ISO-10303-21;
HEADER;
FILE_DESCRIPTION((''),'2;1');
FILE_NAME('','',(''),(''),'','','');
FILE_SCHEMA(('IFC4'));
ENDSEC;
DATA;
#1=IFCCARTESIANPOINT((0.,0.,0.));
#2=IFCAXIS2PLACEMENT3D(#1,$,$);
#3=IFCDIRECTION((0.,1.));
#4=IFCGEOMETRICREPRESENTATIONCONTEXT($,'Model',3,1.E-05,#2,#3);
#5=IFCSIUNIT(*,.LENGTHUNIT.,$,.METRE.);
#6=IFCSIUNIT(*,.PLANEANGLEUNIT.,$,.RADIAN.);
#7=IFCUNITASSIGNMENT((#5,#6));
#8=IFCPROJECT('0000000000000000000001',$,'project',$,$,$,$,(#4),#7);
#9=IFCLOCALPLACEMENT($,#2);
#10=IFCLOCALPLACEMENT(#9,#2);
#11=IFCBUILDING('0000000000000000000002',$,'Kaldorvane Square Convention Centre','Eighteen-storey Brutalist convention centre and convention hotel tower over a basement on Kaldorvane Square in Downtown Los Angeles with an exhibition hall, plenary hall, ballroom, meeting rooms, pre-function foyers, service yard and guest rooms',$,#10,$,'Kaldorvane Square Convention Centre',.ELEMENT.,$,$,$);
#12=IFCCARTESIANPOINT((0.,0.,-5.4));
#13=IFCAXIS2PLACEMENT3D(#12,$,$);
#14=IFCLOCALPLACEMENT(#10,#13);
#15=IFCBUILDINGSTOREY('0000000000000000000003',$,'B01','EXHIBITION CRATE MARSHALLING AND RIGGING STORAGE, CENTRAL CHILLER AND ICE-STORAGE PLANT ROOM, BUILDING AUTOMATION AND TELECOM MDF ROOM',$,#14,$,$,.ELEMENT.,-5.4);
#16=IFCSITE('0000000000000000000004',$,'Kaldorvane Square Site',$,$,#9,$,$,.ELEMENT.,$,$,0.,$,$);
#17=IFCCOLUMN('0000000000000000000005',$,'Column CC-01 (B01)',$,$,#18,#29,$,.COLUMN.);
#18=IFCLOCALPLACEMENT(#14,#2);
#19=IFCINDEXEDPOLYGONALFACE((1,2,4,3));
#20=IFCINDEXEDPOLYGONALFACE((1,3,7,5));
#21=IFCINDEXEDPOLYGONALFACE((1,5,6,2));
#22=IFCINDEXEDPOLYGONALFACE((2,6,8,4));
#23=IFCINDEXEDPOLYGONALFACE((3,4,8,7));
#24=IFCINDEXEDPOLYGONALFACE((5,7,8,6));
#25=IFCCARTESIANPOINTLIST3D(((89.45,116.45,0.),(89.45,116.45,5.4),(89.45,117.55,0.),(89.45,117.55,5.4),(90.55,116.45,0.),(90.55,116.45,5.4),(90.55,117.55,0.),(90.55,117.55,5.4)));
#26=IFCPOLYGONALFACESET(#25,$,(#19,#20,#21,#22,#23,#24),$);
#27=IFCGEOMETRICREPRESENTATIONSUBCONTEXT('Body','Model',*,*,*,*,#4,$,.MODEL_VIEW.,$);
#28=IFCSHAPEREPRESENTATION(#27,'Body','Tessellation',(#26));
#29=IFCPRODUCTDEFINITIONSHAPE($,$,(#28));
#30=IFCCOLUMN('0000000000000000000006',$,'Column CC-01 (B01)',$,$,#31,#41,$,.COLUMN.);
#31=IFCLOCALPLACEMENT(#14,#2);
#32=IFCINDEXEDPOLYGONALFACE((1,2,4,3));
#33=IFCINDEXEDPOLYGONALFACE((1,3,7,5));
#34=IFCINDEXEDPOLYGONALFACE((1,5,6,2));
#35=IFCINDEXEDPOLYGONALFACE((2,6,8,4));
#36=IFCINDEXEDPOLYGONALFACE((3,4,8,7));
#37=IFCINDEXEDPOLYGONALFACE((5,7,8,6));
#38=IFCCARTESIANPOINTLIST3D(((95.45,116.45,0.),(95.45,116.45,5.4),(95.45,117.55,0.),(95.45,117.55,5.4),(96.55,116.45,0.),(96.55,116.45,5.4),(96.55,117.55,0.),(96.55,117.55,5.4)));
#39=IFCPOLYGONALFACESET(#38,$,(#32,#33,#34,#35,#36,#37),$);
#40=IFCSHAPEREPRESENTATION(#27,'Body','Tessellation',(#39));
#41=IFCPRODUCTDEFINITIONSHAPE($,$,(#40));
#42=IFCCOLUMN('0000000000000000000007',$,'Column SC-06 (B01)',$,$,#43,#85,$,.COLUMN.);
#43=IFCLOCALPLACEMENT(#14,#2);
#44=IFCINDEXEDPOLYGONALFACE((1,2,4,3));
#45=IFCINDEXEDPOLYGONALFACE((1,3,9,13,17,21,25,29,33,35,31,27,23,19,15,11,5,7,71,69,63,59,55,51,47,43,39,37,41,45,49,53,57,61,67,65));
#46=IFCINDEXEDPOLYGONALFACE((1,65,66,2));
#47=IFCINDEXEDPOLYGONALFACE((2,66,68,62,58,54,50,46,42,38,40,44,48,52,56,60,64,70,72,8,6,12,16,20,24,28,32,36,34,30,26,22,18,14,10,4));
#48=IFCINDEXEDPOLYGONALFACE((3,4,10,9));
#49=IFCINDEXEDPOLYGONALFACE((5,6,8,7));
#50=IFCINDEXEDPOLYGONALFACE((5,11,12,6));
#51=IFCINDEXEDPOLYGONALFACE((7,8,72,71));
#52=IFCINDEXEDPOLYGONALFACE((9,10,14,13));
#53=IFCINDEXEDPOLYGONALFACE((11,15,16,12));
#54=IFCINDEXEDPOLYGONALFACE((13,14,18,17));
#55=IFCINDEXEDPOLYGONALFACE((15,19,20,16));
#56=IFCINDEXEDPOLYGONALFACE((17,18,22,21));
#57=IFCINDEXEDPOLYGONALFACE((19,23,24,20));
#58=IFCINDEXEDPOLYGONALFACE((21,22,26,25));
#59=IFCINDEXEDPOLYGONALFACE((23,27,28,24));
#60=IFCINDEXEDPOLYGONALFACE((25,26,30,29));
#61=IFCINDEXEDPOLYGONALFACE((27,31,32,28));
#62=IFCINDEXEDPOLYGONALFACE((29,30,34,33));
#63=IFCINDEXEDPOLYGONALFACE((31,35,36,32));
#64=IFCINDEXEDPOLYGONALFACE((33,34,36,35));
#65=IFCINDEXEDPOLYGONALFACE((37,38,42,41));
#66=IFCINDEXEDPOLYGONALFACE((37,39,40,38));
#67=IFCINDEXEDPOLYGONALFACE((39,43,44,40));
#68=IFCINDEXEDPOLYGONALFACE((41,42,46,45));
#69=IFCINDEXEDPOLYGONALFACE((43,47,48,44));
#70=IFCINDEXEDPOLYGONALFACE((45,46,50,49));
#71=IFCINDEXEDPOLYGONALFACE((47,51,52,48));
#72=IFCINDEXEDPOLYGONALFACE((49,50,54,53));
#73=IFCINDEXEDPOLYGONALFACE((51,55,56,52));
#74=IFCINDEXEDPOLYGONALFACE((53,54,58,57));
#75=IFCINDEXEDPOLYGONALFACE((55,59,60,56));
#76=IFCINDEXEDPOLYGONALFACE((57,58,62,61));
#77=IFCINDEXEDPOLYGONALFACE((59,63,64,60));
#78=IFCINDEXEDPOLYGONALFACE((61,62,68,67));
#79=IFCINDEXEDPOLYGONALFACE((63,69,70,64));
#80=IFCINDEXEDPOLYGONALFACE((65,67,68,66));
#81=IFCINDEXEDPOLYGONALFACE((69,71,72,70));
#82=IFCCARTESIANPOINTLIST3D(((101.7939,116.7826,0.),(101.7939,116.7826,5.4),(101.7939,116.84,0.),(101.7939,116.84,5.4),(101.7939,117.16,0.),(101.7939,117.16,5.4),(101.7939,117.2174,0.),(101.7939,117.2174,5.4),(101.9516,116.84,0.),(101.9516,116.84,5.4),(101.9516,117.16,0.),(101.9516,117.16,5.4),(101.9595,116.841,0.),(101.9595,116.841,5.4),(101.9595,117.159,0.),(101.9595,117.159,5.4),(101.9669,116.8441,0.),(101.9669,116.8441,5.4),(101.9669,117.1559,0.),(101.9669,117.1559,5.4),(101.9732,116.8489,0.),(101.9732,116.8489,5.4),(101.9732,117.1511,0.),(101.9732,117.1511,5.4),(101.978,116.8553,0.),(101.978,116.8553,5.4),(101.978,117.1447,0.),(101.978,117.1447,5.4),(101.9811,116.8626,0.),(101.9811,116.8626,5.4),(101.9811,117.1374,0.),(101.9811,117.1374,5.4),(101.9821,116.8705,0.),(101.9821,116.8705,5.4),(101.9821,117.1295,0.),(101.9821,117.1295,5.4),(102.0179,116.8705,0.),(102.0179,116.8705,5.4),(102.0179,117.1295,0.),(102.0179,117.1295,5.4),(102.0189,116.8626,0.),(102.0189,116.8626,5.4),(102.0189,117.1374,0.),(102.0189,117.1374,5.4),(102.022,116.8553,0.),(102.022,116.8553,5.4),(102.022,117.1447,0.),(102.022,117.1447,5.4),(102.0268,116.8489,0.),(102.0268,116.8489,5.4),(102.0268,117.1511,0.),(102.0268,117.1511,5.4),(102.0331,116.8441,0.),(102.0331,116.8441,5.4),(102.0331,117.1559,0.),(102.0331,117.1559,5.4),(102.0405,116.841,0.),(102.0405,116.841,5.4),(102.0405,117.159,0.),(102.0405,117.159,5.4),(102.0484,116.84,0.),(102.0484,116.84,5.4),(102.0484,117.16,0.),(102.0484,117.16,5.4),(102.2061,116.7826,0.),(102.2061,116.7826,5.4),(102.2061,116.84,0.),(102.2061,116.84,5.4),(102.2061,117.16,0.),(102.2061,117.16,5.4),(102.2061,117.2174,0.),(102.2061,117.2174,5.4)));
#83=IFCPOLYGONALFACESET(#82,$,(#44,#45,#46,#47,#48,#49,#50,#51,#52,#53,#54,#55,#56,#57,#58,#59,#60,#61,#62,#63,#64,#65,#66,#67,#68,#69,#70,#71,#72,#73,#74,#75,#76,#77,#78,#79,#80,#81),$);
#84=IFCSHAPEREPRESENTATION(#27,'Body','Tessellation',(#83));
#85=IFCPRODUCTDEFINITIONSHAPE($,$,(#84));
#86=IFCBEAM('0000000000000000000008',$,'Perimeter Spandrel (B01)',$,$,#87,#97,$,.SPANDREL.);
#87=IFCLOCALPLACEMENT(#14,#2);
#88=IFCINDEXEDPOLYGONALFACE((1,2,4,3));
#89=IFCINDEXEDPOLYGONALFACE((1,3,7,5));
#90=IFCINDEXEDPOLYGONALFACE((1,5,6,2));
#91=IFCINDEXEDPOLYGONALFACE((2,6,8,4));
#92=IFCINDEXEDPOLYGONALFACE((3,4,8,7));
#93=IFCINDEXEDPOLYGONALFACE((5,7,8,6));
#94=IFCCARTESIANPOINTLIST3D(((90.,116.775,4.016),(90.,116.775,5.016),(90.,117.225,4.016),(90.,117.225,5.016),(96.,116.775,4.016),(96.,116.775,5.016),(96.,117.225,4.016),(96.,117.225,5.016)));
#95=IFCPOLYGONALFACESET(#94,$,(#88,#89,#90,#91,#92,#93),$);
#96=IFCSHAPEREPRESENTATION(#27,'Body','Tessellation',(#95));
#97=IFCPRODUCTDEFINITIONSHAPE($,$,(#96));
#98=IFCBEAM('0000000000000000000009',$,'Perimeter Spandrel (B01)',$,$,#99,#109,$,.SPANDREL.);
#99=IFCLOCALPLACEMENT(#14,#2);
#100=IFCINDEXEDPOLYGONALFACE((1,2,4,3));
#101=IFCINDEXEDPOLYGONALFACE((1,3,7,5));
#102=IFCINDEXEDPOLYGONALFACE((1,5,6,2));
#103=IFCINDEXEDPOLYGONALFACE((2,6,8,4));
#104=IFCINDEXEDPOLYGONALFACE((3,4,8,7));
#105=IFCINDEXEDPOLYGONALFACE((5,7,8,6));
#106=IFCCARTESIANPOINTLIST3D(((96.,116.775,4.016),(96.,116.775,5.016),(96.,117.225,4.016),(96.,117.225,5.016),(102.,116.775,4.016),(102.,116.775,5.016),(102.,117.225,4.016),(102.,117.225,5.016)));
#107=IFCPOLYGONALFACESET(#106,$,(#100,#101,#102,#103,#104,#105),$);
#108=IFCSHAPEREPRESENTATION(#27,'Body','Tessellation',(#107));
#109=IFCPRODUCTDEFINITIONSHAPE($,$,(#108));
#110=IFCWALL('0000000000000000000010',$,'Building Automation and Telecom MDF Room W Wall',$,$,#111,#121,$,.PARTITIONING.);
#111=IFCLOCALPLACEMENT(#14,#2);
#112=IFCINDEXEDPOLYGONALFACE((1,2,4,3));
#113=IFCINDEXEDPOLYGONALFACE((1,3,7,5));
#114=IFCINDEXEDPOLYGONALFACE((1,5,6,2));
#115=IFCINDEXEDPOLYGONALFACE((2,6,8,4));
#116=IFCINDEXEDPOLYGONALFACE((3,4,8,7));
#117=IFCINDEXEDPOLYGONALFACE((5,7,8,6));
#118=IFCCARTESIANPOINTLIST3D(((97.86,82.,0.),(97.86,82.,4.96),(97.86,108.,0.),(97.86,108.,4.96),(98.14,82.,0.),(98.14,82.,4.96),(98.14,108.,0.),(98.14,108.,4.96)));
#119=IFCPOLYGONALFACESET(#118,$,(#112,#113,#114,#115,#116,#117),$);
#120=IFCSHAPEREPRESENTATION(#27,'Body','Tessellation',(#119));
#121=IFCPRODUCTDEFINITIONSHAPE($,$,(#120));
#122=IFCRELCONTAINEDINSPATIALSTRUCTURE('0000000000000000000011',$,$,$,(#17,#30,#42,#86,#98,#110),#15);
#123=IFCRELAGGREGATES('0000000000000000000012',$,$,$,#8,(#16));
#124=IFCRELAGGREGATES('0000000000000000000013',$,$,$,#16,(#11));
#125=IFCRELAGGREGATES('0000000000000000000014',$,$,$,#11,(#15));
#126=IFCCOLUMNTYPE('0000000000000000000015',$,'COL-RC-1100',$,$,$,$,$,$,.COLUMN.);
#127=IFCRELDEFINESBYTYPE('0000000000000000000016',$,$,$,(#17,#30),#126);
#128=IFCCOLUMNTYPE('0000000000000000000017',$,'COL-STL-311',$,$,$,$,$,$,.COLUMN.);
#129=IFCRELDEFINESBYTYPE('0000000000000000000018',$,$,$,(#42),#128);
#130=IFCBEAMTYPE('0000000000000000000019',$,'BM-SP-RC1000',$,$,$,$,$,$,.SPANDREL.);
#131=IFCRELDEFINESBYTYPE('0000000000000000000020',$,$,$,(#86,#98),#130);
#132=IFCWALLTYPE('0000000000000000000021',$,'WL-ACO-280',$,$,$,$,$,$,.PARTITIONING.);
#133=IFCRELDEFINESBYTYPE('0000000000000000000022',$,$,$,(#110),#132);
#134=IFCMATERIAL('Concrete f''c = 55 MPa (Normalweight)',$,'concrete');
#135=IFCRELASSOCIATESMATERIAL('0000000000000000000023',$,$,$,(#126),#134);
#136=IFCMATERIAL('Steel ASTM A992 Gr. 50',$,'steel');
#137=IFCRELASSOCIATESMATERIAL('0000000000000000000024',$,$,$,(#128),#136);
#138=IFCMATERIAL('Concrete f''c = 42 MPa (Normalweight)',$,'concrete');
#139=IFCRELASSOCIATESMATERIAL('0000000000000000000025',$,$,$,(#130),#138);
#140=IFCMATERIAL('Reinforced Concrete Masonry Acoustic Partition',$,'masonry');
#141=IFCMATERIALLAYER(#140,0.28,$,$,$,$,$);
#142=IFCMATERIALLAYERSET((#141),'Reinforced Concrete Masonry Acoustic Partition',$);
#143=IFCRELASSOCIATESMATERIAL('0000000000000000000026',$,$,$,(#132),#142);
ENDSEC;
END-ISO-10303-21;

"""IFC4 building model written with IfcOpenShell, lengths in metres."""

from ifc_helpers import new_model, si_unit, direction, frame, frame_2d, origin, origin_2d, place, context, subcontext, project, spatial, rectangle, i_section, extrude, material, layer, layer_set, material_profile, profile_set, type_object, element, save


model = new_model("IFC4")

# Units and contexts
model_context = context("Model", 3, precision=1e-05, world=origin(), true_north=direction((0.0, 1.0)))
body_context = subcontext(model_context, "Body", "Model", "MODEL_VIEW")
ifc_project = project(units=[si_unit("LENGTHUNIT", "METRE"), si_unit("PLANEANGLEUNIT", "RADIAN")], contexts=[model_context])

# Site, building, storey
site_placement = place(None, origin())
site = spatial("IfcSite", under=ifc_project, at=site_placement, Name="Kaldorvane Square Site", CompositionType="ELEMENT", RefElevation=0.0)
building_placement = place(site_placement, origin())
building = spatial("IfcBuilding", under=site, at=building_placement, Name="Kaldorvane Square Convention Centre", Description="Eighteen-storey Brutalist convention centre and convention hotel tower over a basement on Kaldorvane Square in Downtown Los Angeles with an exhibition hall, plenary hall, ballroom, meeting rooms, pre-function foyers, service yard and guest rooms", LongName="Kaldorvane Square Convention Centre", CompositionType="ELEMENT")
storey_placement = place(building_placement, frame((0.0, 0.0, -5.4)))
storey = spatial("IfcBuildingStorey", under=building, at=storey_placement, Name="B01", Description="EXHIBITION CRATE MARSHALLING AND RIGGING STORAGE, CENTRAL CHILLER AND ICE-STORAGE PLANT ROOM, BUILDING AUTOMATION AND TELECOM MDF ROOM", CompositionType="ELEMENT", Elevation=-5.4)

# Shared definitions
ifc_material_1 = material(Name="Concrete f'c = 42 MPa (Normalweight)", Category="concrete")

# Columns
ifc_material_2 = material(Name="Concrete f'c = 55 MPa (Normalweight)", Category="concrete")
ifc_material_profile_1 = material_profile(ifc_material_2, rectangle(XDim=1.1, YDim=1.1, at=origin_2d()), Name="RC1100X1100")
ifc_profile_set_1 = profile_set([ifc_material_profile_1], Name="Concrete f'c = 55 MPa (Normalweight)")
column_type_1 = type_object("IfcColumnType", Name="COL-RC-1100", PredefinedType="COLUMN", material=ifc_profile_set_1)
for number, where, z_axis, x_axis, name in (
    (1, (90.0, 117.0, 0.0), (0.0, 0.0, 1.0), (1.0, 0.0, 0.0), "Column CC-01 (B01)"),
    (2, (96.0, 117.0, 0.0), (0.0, 0.0, 1.0), (1.0, 0.0, 0.0), "Column CC-01 (B01)"),
):
    element("IfcColumn", number, at=place(storey_placement, frame(where, z_axis=z_axis, x_axis=x_axis)), inside=storey, type_object=column_type_1, Name=name, PredefinedType="COLUMN", context=body_context, shape_type="SweptSolid", body=[
        extrude(rectangle(XDim=1.1, YDim=1.1, at=origin_2d()), origin(), (0.0, 0.0, 1.0), 5.4),
    ])
ifc_material_3 = material(Name="Steel ASTM A992 Gr. 50", Category="steel")
ifc_material_profile_2 = material_profile(ifc_material_3, i_section(OverallWidth=0.4122, OverallDepth=0.4348, WebThickness=0.0358, FlangeThickness=0.0574, FilletRadius=0.0305, at=origin_2d()), Name="W14X311")
ifc_profile_set_2 = profile_set([ifc_material_profile_2], Name="Steel ASTM A992 Gr. 50")
column_type_2 = type_object("IfcColumnType", Name="COL-STL-311", PredefinedType="COLUMN", material=ifc_profile_set_2)
column_placement = place(storey_placement, frame((102.0, 117.0, 0.0), z_axis=(0.0, 0.0, 1.0), x_axis=(1.0, 0.0, 0.0)))
element("IfcColumn", 3, at=column_placement, inside=storey, type_object=column_type_2, Name="Column SC-06 (B01)", PredefinedType="COLUMN", context=body_context, shape_type="SweptSolid", body=[
    extrude(i_section(OverallWidth=0.4122, OverallDepth=0.4348, WebThickness=0.0358, FlangeThickness=0.0574, FilletRadius=0.0305, at=origin_2d()), origin(), (0.0, 0.0, 1.0), 5.4),
])

# Beams
ifc_material_profile_3 = material_profile(ifc_material_1, rectangle(XDim=0.45, YDim=1.0, at=origin_2d()), Name="RCSP1000X450")
ifc_profile_set_3 = profile_set([ifc_material_profile_3], Name="Concrete f'c = 42 MPa (Normalweight)")
beam_type = type_object("IfcBeamType", Name="BM-SP-RC1000", PredefinedType="SPANDREL", material=ifc_profile_set_3)
for number, where, z_axis, x_axis, name in (
    (4, (90.0, 117.0, 4.516), (1.0, 0.0, 0.0), (0.0, 1.0, 0.0), "Perimeter Spandrel (B01)"),
    (5, (96.0, 117.0, 4.516), (1.0, 0.0, 0.0), (0.0, 1.0, 0.0), "Perimeter Spandrel (B01)"),
):
    element("IfcBeam", number, at=place(storey_placement, frame(where, z_axis=z_axis, x_axis=x_axis)), inside=storey, type_object=beam_type, Name=name, PredefinedType="SPANDREL", context=body_context, shape_type="SweptSolid", body=[
        extrude(rectangle(XDim=0.45, YDim=1.0, at=origin_2d()), origin(), (0.0, 0.0, 1.0), 6.0),
    ])

# Wall
ifc_material_4 = material(Name="Reinforced Concrete Masonry Acoustic Partition", Category="masonry")
ifc_layer = layer(ifc_material_4, 0.28)
ifc_layer_set = layer_set([ifc_layer], Name="Reinforced Concrete Masonry Acoustic Partition")
wall_type = type_object("IfcWallType", Name="WL-ACO-280", PredefinedType="PARTITIONING", material=ifc_layer_set)
wall_placement = place(storey_placement, frame((98.0, 108.0, 0.0), z_axis=(0.0, 0.0, 1.0), x_axis=(0.0, -1.0, 0.0)))
element("IfcWall", 6, at=wall_placement, inside=storey, type_object=wall_type, Name="Building Automation and Telecom MDF Room W Wall", PredefinedType="PARTITIONING", context=body_context, shape_type="SweptSolid", body=[
    extrude(rectangle(XDim=26.0, YDim=0.28, at=frame_2d((13.0, 0.0))), origin(), (0.0, 0.0, 1.0), 4.96),
])

save(model, "model.ifc")
